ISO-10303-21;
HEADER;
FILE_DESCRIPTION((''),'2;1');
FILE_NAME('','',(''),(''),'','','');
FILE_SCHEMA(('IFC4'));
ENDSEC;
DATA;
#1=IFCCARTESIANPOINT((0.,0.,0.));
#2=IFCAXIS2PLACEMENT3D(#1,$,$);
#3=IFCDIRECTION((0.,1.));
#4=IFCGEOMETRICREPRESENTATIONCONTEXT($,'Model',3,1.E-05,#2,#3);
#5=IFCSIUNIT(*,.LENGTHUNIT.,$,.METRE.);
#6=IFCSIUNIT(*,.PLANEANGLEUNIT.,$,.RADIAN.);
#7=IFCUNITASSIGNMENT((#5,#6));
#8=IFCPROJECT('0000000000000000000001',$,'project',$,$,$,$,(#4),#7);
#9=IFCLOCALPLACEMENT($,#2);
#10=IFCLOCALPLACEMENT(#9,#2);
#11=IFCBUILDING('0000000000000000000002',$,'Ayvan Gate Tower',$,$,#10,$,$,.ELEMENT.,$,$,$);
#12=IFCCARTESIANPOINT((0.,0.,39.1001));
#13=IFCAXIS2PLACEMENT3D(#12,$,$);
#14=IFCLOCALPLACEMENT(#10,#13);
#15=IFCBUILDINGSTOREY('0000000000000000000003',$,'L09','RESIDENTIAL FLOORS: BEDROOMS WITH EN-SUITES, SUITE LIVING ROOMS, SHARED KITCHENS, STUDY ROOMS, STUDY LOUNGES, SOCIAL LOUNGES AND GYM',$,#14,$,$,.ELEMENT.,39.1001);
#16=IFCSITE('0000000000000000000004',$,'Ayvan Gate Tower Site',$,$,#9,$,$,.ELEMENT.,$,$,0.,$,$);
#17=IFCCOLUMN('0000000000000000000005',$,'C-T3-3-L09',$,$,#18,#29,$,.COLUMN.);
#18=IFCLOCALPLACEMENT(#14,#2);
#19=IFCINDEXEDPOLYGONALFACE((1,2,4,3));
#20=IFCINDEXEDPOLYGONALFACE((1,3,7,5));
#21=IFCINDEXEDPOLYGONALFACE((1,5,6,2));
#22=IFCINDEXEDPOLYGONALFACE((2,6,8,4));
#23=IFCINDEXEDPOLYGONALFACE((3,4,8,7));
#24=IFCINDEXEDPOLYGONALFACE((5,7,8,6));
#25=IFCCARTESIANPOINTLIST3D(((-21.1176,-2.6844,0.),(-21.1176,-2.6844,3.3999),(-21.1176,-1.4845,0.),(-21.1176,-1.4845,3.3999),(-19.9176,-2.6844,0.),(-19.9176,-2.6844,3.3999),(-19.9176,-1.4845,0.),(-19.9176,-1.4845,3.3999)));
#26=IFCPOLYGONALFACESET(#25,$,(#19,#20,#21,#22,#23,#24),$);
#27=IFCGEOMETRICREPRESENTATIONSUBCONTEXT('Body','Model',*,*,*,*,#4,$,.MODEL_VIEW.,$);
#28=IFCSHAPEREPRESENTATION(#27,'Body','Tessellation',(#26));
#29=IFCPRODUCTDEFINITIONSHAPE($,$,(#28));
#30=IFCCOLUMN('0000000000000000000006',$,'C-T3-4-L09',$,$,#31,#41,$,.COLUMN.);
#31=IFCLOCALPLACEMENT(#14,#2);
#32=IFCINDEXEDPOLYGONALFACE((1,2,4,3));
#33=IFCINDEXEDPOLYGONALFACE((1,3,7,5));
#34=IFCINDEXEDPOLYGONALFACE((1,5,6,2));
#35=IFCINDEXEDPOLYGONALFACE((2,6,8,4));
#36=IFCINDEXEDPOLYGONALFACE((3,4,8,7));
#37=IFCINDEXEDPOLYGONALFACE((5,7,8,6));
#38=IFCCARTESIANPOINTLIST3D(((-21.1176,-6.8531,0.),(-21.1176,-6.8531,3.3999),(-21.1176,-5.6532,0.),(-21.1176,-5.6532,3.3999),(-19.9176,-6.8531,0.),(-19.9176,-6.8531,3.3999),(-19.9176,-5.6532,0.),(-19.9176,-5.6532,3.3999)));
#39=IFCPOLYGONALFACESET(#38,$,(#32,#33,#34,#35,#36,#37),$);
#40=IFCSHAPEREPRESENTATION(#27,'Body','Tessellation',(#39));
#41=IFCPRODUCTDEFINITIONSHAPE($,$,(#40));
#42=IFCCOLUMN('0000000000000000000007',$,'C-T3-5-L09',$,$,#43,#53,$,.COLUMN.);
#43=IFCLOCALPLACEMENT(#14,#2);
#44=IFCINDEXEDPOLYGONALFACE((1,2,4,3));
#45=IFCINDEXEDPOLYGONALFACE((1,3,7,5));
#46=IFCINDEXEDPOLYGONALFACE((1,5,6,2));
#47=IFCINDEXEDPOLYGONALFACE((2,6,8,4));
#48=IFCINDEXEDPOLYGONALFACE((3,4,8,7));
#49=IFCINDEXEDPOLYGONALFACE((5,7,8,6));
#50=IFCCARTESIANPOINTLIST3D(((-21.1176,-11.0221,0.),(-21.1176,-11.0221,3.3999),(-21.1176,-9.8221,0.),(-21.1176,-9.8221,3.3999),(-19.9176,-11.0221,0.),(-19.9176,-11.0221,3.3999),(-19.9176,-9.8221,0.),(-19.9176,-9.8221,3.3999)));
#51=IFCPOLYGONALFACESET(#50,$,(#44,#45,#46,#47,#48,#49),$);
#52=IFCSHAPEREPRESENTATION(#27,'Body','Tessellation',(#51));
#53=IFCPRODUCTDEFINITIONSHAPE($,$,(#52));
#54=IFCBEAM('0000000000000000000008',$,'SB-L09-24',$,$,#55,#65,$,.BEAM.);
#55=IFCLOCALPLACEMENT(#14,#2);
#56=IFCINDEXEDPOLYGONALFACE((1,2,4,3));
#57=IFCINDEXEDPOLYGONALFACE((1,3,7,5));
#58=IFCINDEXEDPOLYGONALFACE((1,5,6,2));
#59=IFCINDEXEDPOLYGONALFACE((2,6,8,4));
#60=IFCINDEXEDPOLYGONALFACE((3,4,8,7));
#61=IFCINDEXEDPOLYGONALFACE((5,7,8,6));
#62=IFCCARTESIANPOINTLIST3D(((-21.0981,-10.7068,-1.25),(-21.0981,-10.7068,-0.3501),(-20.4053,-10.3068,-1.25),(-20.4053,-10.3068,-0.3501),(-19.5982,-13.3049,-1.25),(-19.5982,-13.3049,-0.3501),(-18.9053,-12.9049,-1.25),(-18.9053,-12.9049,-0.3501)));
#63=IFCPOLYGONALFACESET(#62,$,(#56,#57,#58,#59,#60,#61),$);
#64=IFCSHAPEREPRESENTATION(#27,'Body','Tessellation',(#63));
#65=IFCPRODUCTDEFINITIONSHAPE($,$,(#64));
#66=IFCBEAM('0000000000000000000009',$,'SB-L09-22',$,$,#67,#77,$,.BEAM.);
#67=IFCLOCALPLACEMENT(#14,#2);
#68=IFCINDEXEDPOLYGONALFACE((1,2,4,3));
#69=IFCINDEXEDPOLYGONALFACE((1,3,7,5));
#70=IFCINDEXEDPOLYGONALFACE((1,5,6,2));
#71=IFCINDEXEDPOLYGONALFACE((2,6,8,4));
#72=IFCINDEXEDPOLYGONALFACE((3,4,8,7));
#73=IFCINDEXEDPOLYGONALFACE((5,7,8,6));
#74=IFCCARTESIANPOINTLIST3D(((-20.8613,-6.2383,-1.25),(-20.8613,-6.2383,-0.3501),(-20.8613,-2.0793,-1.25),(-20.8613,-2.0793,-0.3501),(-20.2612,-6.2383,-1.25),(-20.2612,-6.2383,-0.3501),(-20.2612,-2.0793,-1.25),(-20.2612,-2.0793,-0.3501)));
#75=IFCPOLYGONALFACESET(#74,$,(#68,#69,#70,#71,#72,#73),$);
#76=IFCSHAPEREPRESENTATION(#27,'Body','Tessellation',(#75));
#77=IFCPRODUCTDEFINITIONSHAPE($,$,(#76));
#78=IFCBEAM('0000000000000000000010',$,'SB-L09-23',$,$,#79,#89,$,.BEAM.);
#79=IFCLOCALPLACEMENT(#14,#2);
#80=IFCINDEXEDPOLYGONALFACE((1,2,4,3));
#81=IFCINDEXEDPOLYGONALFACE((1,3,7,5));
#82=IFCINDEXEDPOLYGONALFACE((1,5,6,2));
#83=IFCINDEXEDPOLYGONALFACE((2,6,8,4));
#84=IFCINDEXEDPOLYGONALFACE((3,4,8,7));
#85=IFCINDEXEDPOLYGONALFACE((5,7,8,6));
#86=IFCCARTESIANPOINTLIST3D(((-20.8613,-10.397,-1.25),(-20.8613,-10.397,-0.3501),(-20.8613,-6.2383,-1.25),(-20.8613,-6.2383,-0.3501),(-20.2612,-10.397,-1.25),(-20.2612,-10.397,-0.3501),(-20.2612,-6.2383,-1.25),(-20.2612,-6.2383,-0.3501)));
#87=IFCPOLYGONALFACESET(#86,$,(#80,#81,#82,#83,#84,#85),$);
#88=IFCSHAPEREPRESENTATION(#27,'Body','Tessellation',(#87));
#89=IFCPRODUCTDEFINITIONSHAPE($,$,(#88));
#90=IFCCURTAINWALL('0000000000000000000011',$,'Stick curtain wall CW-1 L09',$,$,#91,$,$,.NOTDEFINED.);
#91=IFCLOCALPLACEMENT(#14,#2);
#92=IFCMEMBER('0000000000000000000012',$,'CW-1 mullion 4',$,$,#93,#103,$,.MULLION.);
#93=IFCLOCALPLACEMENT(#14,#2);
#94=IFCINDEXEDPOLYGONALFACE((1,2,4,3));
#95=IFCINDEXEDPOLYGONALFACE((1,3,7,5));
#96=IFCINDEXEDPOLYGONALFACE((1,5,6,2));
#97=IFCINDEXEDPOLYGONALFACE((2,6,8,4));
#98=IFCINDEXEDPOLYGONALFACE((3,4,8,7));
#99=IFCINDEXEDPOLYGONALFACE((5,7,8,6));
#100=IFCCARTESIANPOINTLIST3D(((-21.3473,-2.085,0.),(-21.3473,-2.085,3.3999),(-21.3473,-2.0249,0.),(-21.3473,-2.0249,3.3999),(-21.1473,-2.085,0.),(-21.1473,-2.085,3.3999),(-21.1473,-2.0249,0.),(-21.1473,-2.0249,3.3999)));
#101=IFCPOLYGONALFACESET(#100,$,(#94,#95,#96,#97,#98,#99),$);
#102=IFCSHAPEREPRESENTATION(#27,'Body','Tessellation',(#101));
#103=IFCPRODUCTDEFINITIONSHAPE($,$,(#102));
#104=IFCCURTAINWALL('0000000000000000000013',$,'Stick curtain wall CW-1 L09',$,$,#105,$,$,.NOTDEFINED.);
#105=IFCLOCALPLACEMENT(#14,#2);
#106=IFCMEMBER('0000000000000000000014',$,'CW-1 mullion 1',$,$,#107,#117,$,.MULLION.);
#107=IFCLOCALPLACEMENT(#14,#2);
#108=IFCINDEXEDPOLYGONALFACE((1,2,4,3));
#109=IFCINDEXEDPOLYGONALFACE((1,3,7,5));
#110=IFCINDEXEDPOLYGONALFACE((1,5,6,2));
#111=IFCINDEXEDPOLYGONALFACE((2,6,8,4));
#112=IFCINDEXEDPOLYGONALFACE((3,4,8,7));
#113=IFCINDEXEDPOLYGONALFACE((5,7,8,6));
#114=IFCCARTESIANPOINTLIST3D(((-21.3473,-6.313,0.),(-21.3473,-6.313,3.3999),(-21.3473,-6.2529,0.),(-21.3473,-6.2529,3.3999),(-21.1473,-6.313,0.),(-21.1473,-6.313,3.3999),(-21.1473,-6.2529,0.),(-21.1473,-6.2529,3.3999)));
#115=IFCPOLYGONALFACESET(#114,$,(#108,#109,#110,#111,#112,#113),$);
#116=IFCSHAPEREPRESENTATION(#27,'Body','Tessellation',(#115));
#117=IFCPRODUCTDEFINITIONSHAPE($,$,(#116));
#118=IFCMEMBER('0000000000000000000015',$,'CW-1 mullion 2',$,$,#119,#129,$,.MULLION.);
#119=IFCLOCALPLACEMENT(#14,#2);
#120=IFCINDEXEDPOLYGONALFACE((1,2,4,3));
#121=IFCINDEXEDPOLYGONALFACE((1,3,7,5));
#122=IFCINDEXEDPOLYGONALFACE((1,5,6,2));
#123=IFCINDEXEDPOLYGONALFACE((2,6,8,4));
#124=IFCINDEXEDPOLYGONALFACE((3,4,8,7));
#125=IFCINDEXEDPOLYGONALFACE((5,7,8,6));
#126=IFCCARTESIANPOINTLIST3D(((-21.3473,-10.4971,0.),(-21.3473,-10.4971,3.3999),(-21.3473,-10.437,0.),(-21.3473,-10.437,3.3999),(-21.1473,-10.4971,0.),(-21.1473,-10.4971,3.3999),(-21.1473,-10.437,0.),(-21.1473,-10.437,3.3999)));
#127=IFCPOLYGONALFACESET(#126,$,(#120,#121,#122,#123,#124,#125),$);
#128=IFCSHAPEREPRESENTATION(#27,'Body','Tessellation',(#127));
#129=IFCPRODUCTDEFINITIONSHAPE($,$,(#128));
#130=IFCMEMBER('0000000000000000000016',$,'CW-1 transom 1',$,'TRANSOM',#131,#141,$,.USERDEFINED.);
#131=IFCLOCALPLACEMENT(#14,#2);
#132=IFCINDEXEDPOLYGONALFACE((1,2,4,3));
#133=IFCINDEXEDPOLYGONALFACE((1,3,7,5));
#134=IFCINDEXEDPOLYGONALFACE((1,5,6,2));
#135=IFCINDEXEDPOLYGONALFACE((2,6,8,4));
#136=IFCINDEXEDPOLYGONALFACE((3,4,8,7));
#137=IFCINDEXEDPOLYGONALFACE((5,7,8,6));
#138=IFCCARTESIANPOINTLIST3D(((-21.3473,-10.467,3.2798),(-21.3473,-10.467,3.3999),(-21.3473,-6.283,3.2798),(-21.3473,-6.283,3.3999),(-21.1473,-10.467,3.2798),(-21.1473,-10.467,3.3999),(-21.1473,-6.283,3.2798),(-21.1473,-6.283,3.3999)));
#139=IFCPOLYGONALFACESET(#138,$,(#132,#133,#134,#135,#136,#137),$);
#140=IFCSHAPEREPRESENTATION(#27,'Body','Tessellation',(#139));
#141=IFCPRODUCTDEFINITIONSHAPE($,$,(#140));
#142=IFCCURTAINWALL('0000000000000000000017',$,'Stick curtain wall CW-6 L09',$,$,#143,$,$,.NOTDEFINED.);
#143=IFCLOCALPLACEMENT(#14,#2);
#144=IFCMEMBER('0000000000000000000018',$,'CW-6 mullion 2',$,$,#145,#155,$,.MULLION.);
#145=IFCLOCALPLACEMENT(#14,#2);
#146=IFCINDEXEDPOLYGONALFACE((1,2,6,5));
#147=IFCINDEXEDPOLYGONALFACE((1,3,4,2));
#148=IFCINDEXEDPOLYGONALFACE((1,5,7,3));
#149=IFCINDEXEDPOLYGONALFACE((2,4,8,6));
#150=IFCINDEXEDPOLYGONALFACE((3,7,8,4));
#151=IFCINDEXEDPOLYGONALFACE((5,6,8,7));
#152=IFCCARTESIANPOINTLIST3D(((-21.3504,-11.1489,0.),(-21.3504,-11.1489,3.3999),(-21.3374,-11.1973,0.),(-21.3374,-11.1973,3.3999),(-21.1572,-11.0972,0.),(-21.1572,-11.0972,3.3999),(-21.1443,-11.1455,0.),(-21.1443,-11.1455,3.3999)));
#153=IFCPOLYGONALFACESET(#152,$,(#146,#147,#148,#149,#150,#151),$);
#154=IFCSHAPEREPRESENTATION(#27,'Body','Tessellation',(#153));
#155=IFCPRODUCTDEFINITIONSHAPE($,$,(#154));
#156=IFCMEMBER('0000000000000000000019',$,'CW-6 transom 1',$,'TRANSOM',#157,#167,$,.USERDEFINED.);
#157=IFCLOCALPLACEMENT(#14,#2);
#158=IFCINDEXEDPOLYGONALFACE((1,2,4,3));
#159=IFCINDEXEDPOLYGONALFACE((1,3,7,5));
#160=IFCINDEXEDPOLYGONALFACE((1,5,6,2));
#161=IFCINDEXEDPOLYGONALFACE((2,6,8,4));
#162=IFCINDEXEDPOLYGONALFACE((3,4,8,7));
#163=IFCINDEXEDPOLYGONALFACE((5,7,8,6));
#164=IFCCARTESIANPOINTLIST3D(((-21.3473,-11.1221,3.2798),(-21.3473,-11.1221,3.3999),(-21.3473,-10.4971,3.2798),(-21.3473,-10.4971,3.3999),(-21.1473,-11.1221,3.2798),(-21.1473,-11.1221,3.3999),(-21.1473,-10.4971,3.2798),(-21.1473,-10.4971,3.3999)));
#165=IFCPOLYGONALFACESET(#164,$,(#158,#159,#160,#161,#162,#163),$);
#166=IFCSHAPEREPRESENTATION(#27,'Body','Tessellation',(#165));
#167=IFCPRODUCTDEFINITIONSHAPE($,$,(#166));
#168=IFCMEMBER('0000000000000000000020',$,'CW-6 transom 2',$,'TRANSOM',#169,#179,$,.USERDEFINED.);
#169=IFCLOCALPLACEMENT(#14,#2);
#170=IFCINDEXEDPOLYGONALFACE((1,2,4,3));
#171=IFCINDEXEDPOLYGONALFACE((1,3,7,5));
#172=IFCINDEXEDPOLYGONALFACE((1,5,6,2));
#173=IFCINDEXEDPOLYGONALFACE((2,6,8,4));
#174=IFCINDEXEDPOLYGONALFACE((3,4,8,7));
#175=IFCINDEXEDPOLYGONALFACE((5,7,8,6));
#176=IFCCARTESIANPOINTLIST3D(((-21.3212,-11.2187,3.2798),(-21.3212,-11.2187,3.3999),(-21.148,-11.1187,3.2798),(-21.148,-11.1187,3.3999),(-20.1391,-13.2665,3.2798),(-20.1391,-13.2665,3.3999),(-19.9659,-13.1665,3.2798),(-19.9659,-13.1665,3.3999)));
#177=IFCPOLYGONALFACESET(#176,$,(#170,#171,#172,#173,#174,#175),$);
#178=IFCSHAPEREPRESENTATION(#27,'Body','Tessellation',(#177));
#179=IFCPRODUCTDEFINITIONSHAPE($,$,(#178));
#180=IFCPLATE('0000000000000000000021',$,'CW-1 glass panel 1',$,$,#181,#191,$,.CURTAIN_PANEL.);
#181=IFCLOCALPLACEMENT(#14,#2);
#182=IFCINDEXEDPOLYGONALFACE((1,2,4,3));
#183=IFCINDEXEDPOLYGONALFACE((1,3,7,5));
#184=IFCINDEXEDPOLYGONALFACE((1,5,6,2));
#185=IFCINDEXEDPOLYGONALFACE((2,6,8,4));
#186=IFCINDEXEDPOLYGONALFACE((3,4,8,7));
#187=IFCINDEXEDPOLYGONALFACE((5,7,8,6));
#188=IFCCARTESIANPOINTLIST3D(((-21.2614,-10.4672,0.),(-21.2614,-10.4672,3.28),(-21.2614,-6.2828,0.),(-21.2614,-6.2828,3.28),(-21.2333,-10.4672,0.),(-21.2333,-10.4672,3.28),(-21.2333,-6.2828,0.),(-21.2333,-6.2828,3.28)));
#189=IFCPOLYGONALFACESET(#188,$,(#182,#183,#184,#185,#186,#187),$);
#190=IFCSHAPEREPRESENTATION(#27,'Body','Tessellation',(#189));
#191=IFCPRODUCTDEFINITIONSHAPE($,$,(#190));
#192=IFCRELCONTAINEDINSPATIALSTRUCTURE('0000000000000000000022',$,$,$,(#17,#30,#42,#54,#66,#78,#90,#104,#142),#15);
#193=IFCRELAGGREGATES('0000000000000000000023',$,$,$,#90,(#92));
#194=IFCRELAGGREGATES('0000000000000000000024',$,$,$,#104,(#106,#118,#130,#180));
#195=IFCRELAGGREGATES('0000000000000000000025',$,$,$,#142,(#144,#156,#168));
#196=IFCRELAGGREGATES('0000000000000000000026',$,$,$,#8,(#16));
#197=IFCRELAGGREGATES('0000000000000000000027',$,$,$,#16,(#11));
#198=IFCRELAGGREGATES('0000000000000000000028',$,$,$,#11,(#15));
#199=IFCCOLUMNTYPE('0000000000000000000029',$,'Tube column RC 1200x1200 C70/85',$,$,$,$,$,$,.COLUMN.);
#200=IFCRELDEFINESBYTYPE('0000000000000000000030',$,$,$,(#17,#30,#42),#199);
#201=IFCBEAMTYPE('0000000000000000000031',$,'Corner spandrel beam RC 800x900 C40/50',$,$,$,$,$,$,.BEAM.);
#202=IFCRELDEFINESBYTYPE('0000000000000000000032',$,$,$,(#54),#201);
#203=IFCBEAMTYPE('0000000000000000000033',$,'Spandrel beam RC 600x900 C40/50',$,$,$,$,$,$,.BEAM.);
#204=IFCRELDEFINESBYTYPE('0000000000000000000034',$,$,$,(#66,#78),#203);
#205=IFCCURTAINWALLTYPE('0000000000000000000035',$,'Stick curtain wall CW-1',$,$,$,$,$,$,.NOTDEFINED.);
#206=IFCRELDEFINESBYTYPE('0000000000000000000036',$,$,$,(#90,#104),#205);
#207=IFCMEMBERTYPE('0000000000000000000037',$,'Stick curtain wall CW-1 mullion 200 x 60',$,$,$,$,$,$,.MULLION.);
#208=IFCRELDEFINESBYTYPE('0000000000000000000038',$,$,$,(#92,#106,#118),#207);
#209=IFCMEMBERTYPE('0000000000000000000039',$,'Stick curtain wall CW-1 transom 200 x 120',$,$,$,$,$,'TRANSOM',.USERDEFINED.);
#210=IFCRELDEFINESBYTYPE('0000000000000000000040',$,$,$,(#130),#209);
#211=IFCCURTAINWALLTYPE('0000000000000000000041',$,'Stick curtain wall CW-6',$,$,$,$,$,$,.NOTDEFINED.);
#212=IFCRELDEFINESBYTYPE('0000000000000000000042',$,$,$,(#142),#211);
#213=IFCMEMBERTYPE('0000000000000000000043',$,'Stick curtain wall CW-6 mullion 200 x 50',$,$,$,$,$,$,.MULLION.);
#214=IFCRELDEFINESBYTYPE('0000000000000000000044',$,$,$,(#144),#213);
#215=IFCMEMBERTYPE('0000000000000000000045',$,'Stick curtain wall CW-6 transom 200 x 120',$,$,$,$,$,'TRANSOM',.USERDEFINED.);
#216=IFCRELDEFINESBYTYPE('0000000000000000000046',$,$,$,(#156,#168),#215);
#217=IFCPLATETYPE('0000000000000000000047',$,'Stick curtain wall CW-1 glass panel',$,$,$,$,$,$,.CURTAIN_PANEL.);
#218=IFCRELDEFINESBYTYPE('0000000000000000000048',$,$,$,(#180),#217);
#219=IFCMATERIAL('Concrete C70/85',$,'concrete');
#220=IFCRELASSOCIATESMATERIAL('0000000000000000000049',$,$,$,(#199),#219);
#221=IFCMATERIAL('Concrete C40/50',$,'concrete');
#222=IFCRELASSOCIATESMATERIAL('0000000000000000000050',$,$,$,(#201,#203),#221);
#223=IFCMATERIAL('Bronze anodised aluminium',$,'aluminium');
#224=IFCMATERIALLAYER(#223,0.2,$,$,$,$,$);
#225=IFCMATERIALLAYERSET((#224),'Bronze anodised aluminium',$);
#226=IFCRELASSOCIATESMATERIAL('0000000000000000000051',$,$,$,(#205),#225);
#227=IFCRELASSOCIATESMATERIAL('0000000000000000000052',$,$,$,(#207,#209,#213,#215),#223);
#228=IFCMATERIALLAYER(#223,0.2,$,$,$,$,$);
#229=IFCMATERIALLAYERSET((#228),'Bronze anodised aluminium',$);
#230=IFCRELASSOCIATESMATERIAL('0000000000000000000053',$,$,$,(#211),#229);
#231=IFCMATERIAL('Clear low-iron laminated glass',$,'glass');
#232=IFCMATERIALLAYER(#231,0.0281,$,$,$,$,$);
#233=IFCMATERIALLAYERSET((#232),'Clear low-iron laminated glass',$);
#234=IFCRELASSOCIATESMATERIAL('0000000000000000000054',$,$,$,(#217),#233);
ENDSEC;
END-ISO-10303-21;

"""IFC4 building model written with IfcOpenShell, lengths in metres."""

from ifc_helpers import new_model, si_unit, direction, frame, origin, origin_2d, place, context, subcontext, project, spatial, rectangle, extrude, material, layer, layer_set, material_profile, profile_set, type_object, element, aggregate, save


model = new_model("IFC4")

# Units and contexts
model_context = context("Model", 3, precision=1e-05, world=origin(), true_north=direction((0.0, 1.0)))
body_context = subcontext(model_context, "Body", "Model", "MODEL_VIEW")
ifc_project = project(units=[si_unit("LENGTHUNIT", "METRE"), si_unit("PLANEANGLEUNIT", "RADIAN")], contexts=[model_context])

# Site, building, storey
site_placement = place(None, origin())
site = spatial("IfcSite", under=ifc_project, at=site_placement, Name="Ayvan Gate Tower Site", CompositionType="ELEMENT", RefElevation=0.0)
building_placement = place(site_placement, origin())
building = spatial("IfcBuilding", under=site, at=building_placement, Name="Ayvan Gate Tower", CompositionType="ELEMENT")
storey_placement = place(building_placement, frame((0.0, 0.0, 39.1001)))
storey = spatial("IfcBuildingStorey", under=building, at=storey_placement, Name="L09", Description="RESIDENTIAL FLOORS: BEDROOMS WITH EN-SUITES, SUITE LIVING ROOMS, SHARED KITCHENS, STUDY ROOMS, STUDY LOUNGES, SOCIAL LOUNGES AND GYM", CompositionType="ELEMENT", Elevation=39.1001)

# Columns
ifc_material_1 = material(Name="Concrete C70/85", Category="concrete")
ifc_material_profile_1 = material_profile(ifc_material_1, rectangle(XDim=1.2, YDim=1.2, at=origin_2d()), Name="RC 1200x1200")
ifc_profile_set_1 = profile_set([ifc_material_profile_1], Name="Concrete C70/85")
column_type = type_object("IfcColumnType", Name="Tube column RC 1200x1200 C70/85", PredefinedType="COLUMN", material=ifc_profile_set_1)
for number, where, z_axis, x_axis, name in (
    (1, (-20.5176, -2.0845, 0.0), (0.0, 0.0, 1.0), (-1.0, 0.0, 0.0), "C-T3-3-L09"),
    (2, (-20.5176, -6.2532, 0.0), (0.0, 0.0, 1.0), (-1.0, 0.0, 0.0), "C-T3-4-L09"),
    (3, (-20.5176, -10.4221, 0.0), (0.0, 0.0, 1.0), (-1.0, 0.0, 0.0), "C-T3-5-L09"),
):
    element("IfcColumn", number, at=place(storey_placement, frame(where, z_axis=z_axis, x_axis=x_axis)), inside=storey, type_object=column_type, Name=name, PredefinedType="COLUMN", context=body_context, shape_type="SweptSolid", body=[
        extrude(rectangle(XDim=1.2, YDim=1.2, at=origin_2d()), origin(), (0.0, 0.0, 1.0), 3.3999),
    ])

# Beams
ifc_material_2 = material(Name="Concrete C40/50", Category="concrete")
ifc_material_profile_2 = material_profile(ifc_material_2, rectangle(XDim=0.8, YDim=0.8999, at=origin_2d()), Name="RC 800x900")
ifc_profile_set_2 = profile_set([ifc_material_profile_2], Name="Concrete C40/50")
beam_type_1 = type_object("IfcBeamType", Name="Corner spandrel beam RC 800x900 C40/50", PredefinedType="BEAM", material=ifc_profile_set_2)
beam_1_placement = place(storey_placement, frame((-20.7517, -10.5068, -0.8), z_axis=(0.49999, -0.866031, 0.0), x_axis=(0.866031, 0.49999, 0.0)))
element("IfcBeam", 4, at=beam_1_placement, inside=storey, type_object=beam_type_1, Name="SB-L09-24", PredefinedType="BEAM", context=body_context, shape_type="SweptSolid", body=[
    extrude(rectangle(XDim=0.8, YDim=0.8999, at=origin_2d()), origin(), (0.0, 0.0, 1.0), 3.0),
])
ifc_material_profile_3 = material_profile(ifc_material_2, rectangle(XDim=0.6001, YDim=0.8999, at=origin_2d()), Name="RC 600x900")
ifc_profile_set_3 = profile_set([ifc_material_profile_3], Name="Concrete C40/50")
beam_type_2 = type_object("IfcBeamType", Name="Spandrel beam RC 600x900 C40/50", PredefinedType="BEAM", material=ifc_profile_set_3)
beam_2_placement = place(storey_placement, frame((-20.5613, -2.0793, -0.8), z_axis=(0.0, -1.0, 0.0), x_axis=(1.0, 0.0, 0.0)))
element("IfcBeam", 5, at=beam_2_placement, inside=storey, type_object=beam_type_2, Name="SB-L09-22", PredefinedType="BEAM", context=body_context, shape_type="SweptSolid", body=[
    extrude(rectangle(XDim=0.6001, YDim=0.8999, at=origin_2d()), origin(), (0.0, 0.0, 1.0), 4.1589),
])
beam_3_placement = place(storey_placement, frame((-20.5613, -6.2383, -0.8), z_axis=(0.0, -1.0, 0.0), x_axis=(1.0, 0.0, 0.0)))
element("IfcBeam", 6, at=beam_3_placement, inside=storey, type_object=beam_type_2, Name="SB-L09-23", PredefinedType="BEAM", context=body_context, shape_type="SweptSolid", body=[
    extrude(rectangle(XDim=0.6001, YDim=0.8999, at=origin_2d()), origin(), (0.0, 0.0, 1.0), 4.1587),
])

# Curtain wall, member
ifc_material_3 = material(Name="Bronze anodised aluminium", Category="aluminium")
ifc_layer_1 = layer(ifc_material_3, 0.2)
ifc_layer_set_1 = layer_set([ifc_layer_1], Name="Bronze anodised aluminium")
curtain_wall_type_1 = type_object("IfcCurtainWallType", Name="Stick curtain wall CW-1", PredefinedType="NOTDEFINED", material=ifc_layer_set_1)
curtain_wall_1_placement = place(storey_placement, origin())
curtain_wall_1 = element("IfcCurtainWall", 7, at=curtain_wall_1_placement, inside=storey, type_object=curtain_wall_type_1, Name="Stick curtain wall CW-1 L09", PredefinedType="NOTDEFINED")
ifc_material_profile_4 = material_profile(ifc_material_3, rectangle(XDim=0.2, YDim=0.0601, at=origin_2d()), Name="Stick curtain wall CW-1 mullion 200 x 60")
ifc_profile_set_4 = profile_set([ifc_material_profile_4], Name="Bronze anodised aluminium")
member_type_1 = type_object("IfcMemberType", Name="Stick curtain wall CW-1 mullion 200 x 60", PredefinedType="MULLION", material=ifc_profile_set_4)
member_1_placement = place(storey_placement, frame((-21.2473, -2.0549, 0.0), z_axis=(0.0, 0.0, 1.0), x_axis=(-1.0, 0.0, 0.0)))
member_1 = element("IfcMember", 8, at=member_1_placement, type_object=member_type_1, Name="CW-1 mullion 4", PredefinedType="MULLION", context=body_context, shape_type="SweptSolid", body=[
    extrude(rectangle(XDim=0.2, YDim=0.0601, at=origin_2d()), origin(), (0.0, 0.0, 1.0), 3.3999),
])
aggregate(curtain_wall_1, [member_1])

# Curtain walls, members
curtain_wall_2_placement = place(storey_placement, origin())
curtain_wall_2 = element("IfcCurtainWall", 9, at=curtain_wall_2_placement, inside=storey, type_object=curtain_wall_type_1, Name="Stick curtain wall CW-1 L09", PredefinedType="NOTDEFINED")
member_2_placement = place(storey_placement, frame((-21.2473, -6.283, 0.0), z_axis=(0.0, 0.0, 1.0), x_axis=(-1.0, 0.0, 0.0)))
member_2 = element("IfcMember", 10, at=member_2_placement, type_object=member_type_1, Name="CW-1 mullion 1", PredefinedType="MULLION", context=body_context, shape_type="SweptSolid", body=[
    extrude(rectangle(XDim=0.2, YDim=0.0601, at=origin_2d()), origin(), (0.0, 0.0, 1.0), 3.3999),
])
member_3_placement = place(storey_placement, frame((-21.2473, -10.467, 0.0), z_axis=(0.0, 0.0, 1.0), x_axis=(-1.0, 0.0, 0.0)))
member_3 = element("IfcMember", 11, at=member_3_placement, type_object=member_type_1, Name="CW-1 mullion 2", PredefinedType="MULLION", context=body_context, shape_type="SweptSolid", body=[
    extrude(rectangle(XDim=0.2, YDim=0.0601, at=origin_2d()), origin(), (0.0, 0.0, 1.0), 3.3999),
])
ifc_material_profile_5 = material_profile(ifc_material_3, rectangle(XDim=0.2, YDim=0.1201, at=origin_2d()), Name="Stick curtain wall CW-1 transom 200 x 120")
ifc_profile_set_5 = profile_set([ifc_material_profile_5], Name="Bronze anodised aluminium")
member_type_2 = type_object("IfcMemberType", Name="Stick curtain wall CW-1 transom 200 x 120", ElementType="TRANSOM", PredefinedType="USERDEFINED", material=ifc_profile_set_5)
member_4_placement = place(storey_placement, frame((-21.2473, -6.283, 3.3398), z_axis=(0.0, -1.0, 0.0), x_axis=(1.0, 0.0, 0.0)))
member_4 = element("IfcMember", 12, at=member_4_placement, type_object=member_type_2, Name="CW-1 transom 1", ObjectType="TRANSOM", PredefinedType="USERDEFINED", context=body_context, shape_type="SweptSolid", body=[
    extrude(rectangle(XDim=0.2, YDim=0.1201, at=origin_2d()), origin(), (0.0, 0.0, 1.0), 4.1841),
])
ifc_layer_2 = layer(ifc_material_3, 0.2)
ifc_layer_set_2 = layer_set([ifc_layer_2], Name="Bronze anodised aluminium")
curtain_wall_type_2 = type_object("IfcCurtainWallType", Name="Stick curtain wall CW-6", PredefinedType="NOTDEFINED", material=ifc_layer_set_2)
curtain_wall_3_placement = place(storey_placement, origin())
curtain_wall_3 = element("IfcCurtainWall", 13, at=curtain_wall_3_placement, inside=storey, type_object=curtain_wall_type_2, Name="Stick curtain wall CW-6 L09", PredefinedType="NOTDEFINED")
ifc_material_profile_6 = material_profile(ifc_material_3, rectangle(XDim=0.2, YDim=0.05, at=origin_2d()), Name="Stick curtain wall CW-6 mullion 200 x 50")
ifc_profile_set_6 = profile_set([ifc_material_profile_6], Name="Bronze anodised aluminium")
member_type_3 = type_object("IfcMemberType", Name="Stick curtain wall CW-6 mullion 200 x 50", PredefinedType="MULLION", material=ifc_profile_set_6)
member_5_placement = place(storey_placement, frame((-21.2473, -11.1472, 0.0), z_axis=(0.0, 0.0, 1.0), x_axis=(-0.965926, -0.258819, 0.0)))
member_5 = element("IfcMember", 14, at=member_5_placement, type_object=member_type_3, Name="CW-6 mullion 2", PredefinedType="MULLION", context=body_context, shape_type="SweptSolid", body=[
    extrude(rectangle(XDim=0.2, YDim=0.05, at=origin_2d()), origin(), (0.0, 0.0, 1.0), 3.3999),
])
ifc_material_profile_7 = material_profile(ifc_material_3, rectangle(XDim=0.2, YDim=0.1201, at=origin_2d()), Name="Stick curtain wall CW-6 transom 200 x 120")
ifc_profile_set_7 = profile_set([ifc_material_profile_7], Name="Bronze anodised aluminium")
member_type_4 = type_object("IfcMemberType", Name="Stick curtain wall CW-6 transom 200 x 120", ElementType="TRANSOM", PredefinedType="USERDEFINED", material=ifc_profile_set_7)
member_6_placement = place(storey_placement, frame((-21.2473, -10.4971, 3.3398), z_axis=(0.0, -1.0, 0.0), x_axis=(1.0, 0.0, 0.0)))
member_6 = element("IfcMember", 15, at=member_6_placement, type_object=member_type_4, Name="CW-6 transom 1", ObjectType="TRANSOM", PredefinedType="USERDEFINED", context=body_context, shape_type="SweptSolid", body=[
    extrude(rectangle(XDim=0.2, YDim=0.1201, at=origin_2d()), origin(), (0.0, 0.0, 1.0), 0.625),
])
member_7_placement = place(storey_placement, frame((-21.2346, -11.1687, 3.3398), z_axis=(0.499937, -0.866062, 0.0), x_axis=(0.866062, 0.499937, 0.0)))
member_7 = element("IfcMember", 16, at=member_7_placement, type_object=member_type_4, Name="CW-6 transom 2", ObjectType="TRANSOM", PredefinedType="USERDEFINED", context=body_context, shape_type="SweptSolid", body=[
    extrude(rectangle(XDim=0.2, YDim=0.1201, at=origin_2d()), origin(), (0.0, 0.0, 1.0), 2.3645),
])

# Plate
ifc_material_4 = material(Name="Clear low-iron laminated glass", Category="glass")
ifc_layer_3 = layer(ifc_material_4, 0.0281)
ifc_layer_set_3 = layer_set([ifc_layer_3], Name="Clear low-iron laminated glass")
plate_type_1 = type_object("IfcPlateType", Name="Stick curtain wall CW-1 glass panel", PredefinedType="CURTAIN_PANEL", material=ifc_layer_set_3)
plate_1_placement = place(storey_placement, frame((-21.2473, -8.375, 0.0), z_axis=(0.0, 0.0, 1.0), x_axis=(0.0, -1.0, 0.0)))
plate_1 = element("IfcPlate", 17, at=plate_1_placement, type_object=plate_type_1, Name="CW-1 glass panel 1", PredefinedType="CURTAIN_PANEL", context=body_context, shape_type="SweptSolid", body=[
    extrude(rectangle(XDim=4.1843, YDim=0.0281, at=origin_2d()), origin(), (0.0, 0.0, 1.0), 3.28),
])
aggregate(curtain_wall_2, [member_2, member_3, member_4, plate_1])
aggregate(curtain_wall_3, [member_5, member_6, member_7])

save(model, "model.ifc")
